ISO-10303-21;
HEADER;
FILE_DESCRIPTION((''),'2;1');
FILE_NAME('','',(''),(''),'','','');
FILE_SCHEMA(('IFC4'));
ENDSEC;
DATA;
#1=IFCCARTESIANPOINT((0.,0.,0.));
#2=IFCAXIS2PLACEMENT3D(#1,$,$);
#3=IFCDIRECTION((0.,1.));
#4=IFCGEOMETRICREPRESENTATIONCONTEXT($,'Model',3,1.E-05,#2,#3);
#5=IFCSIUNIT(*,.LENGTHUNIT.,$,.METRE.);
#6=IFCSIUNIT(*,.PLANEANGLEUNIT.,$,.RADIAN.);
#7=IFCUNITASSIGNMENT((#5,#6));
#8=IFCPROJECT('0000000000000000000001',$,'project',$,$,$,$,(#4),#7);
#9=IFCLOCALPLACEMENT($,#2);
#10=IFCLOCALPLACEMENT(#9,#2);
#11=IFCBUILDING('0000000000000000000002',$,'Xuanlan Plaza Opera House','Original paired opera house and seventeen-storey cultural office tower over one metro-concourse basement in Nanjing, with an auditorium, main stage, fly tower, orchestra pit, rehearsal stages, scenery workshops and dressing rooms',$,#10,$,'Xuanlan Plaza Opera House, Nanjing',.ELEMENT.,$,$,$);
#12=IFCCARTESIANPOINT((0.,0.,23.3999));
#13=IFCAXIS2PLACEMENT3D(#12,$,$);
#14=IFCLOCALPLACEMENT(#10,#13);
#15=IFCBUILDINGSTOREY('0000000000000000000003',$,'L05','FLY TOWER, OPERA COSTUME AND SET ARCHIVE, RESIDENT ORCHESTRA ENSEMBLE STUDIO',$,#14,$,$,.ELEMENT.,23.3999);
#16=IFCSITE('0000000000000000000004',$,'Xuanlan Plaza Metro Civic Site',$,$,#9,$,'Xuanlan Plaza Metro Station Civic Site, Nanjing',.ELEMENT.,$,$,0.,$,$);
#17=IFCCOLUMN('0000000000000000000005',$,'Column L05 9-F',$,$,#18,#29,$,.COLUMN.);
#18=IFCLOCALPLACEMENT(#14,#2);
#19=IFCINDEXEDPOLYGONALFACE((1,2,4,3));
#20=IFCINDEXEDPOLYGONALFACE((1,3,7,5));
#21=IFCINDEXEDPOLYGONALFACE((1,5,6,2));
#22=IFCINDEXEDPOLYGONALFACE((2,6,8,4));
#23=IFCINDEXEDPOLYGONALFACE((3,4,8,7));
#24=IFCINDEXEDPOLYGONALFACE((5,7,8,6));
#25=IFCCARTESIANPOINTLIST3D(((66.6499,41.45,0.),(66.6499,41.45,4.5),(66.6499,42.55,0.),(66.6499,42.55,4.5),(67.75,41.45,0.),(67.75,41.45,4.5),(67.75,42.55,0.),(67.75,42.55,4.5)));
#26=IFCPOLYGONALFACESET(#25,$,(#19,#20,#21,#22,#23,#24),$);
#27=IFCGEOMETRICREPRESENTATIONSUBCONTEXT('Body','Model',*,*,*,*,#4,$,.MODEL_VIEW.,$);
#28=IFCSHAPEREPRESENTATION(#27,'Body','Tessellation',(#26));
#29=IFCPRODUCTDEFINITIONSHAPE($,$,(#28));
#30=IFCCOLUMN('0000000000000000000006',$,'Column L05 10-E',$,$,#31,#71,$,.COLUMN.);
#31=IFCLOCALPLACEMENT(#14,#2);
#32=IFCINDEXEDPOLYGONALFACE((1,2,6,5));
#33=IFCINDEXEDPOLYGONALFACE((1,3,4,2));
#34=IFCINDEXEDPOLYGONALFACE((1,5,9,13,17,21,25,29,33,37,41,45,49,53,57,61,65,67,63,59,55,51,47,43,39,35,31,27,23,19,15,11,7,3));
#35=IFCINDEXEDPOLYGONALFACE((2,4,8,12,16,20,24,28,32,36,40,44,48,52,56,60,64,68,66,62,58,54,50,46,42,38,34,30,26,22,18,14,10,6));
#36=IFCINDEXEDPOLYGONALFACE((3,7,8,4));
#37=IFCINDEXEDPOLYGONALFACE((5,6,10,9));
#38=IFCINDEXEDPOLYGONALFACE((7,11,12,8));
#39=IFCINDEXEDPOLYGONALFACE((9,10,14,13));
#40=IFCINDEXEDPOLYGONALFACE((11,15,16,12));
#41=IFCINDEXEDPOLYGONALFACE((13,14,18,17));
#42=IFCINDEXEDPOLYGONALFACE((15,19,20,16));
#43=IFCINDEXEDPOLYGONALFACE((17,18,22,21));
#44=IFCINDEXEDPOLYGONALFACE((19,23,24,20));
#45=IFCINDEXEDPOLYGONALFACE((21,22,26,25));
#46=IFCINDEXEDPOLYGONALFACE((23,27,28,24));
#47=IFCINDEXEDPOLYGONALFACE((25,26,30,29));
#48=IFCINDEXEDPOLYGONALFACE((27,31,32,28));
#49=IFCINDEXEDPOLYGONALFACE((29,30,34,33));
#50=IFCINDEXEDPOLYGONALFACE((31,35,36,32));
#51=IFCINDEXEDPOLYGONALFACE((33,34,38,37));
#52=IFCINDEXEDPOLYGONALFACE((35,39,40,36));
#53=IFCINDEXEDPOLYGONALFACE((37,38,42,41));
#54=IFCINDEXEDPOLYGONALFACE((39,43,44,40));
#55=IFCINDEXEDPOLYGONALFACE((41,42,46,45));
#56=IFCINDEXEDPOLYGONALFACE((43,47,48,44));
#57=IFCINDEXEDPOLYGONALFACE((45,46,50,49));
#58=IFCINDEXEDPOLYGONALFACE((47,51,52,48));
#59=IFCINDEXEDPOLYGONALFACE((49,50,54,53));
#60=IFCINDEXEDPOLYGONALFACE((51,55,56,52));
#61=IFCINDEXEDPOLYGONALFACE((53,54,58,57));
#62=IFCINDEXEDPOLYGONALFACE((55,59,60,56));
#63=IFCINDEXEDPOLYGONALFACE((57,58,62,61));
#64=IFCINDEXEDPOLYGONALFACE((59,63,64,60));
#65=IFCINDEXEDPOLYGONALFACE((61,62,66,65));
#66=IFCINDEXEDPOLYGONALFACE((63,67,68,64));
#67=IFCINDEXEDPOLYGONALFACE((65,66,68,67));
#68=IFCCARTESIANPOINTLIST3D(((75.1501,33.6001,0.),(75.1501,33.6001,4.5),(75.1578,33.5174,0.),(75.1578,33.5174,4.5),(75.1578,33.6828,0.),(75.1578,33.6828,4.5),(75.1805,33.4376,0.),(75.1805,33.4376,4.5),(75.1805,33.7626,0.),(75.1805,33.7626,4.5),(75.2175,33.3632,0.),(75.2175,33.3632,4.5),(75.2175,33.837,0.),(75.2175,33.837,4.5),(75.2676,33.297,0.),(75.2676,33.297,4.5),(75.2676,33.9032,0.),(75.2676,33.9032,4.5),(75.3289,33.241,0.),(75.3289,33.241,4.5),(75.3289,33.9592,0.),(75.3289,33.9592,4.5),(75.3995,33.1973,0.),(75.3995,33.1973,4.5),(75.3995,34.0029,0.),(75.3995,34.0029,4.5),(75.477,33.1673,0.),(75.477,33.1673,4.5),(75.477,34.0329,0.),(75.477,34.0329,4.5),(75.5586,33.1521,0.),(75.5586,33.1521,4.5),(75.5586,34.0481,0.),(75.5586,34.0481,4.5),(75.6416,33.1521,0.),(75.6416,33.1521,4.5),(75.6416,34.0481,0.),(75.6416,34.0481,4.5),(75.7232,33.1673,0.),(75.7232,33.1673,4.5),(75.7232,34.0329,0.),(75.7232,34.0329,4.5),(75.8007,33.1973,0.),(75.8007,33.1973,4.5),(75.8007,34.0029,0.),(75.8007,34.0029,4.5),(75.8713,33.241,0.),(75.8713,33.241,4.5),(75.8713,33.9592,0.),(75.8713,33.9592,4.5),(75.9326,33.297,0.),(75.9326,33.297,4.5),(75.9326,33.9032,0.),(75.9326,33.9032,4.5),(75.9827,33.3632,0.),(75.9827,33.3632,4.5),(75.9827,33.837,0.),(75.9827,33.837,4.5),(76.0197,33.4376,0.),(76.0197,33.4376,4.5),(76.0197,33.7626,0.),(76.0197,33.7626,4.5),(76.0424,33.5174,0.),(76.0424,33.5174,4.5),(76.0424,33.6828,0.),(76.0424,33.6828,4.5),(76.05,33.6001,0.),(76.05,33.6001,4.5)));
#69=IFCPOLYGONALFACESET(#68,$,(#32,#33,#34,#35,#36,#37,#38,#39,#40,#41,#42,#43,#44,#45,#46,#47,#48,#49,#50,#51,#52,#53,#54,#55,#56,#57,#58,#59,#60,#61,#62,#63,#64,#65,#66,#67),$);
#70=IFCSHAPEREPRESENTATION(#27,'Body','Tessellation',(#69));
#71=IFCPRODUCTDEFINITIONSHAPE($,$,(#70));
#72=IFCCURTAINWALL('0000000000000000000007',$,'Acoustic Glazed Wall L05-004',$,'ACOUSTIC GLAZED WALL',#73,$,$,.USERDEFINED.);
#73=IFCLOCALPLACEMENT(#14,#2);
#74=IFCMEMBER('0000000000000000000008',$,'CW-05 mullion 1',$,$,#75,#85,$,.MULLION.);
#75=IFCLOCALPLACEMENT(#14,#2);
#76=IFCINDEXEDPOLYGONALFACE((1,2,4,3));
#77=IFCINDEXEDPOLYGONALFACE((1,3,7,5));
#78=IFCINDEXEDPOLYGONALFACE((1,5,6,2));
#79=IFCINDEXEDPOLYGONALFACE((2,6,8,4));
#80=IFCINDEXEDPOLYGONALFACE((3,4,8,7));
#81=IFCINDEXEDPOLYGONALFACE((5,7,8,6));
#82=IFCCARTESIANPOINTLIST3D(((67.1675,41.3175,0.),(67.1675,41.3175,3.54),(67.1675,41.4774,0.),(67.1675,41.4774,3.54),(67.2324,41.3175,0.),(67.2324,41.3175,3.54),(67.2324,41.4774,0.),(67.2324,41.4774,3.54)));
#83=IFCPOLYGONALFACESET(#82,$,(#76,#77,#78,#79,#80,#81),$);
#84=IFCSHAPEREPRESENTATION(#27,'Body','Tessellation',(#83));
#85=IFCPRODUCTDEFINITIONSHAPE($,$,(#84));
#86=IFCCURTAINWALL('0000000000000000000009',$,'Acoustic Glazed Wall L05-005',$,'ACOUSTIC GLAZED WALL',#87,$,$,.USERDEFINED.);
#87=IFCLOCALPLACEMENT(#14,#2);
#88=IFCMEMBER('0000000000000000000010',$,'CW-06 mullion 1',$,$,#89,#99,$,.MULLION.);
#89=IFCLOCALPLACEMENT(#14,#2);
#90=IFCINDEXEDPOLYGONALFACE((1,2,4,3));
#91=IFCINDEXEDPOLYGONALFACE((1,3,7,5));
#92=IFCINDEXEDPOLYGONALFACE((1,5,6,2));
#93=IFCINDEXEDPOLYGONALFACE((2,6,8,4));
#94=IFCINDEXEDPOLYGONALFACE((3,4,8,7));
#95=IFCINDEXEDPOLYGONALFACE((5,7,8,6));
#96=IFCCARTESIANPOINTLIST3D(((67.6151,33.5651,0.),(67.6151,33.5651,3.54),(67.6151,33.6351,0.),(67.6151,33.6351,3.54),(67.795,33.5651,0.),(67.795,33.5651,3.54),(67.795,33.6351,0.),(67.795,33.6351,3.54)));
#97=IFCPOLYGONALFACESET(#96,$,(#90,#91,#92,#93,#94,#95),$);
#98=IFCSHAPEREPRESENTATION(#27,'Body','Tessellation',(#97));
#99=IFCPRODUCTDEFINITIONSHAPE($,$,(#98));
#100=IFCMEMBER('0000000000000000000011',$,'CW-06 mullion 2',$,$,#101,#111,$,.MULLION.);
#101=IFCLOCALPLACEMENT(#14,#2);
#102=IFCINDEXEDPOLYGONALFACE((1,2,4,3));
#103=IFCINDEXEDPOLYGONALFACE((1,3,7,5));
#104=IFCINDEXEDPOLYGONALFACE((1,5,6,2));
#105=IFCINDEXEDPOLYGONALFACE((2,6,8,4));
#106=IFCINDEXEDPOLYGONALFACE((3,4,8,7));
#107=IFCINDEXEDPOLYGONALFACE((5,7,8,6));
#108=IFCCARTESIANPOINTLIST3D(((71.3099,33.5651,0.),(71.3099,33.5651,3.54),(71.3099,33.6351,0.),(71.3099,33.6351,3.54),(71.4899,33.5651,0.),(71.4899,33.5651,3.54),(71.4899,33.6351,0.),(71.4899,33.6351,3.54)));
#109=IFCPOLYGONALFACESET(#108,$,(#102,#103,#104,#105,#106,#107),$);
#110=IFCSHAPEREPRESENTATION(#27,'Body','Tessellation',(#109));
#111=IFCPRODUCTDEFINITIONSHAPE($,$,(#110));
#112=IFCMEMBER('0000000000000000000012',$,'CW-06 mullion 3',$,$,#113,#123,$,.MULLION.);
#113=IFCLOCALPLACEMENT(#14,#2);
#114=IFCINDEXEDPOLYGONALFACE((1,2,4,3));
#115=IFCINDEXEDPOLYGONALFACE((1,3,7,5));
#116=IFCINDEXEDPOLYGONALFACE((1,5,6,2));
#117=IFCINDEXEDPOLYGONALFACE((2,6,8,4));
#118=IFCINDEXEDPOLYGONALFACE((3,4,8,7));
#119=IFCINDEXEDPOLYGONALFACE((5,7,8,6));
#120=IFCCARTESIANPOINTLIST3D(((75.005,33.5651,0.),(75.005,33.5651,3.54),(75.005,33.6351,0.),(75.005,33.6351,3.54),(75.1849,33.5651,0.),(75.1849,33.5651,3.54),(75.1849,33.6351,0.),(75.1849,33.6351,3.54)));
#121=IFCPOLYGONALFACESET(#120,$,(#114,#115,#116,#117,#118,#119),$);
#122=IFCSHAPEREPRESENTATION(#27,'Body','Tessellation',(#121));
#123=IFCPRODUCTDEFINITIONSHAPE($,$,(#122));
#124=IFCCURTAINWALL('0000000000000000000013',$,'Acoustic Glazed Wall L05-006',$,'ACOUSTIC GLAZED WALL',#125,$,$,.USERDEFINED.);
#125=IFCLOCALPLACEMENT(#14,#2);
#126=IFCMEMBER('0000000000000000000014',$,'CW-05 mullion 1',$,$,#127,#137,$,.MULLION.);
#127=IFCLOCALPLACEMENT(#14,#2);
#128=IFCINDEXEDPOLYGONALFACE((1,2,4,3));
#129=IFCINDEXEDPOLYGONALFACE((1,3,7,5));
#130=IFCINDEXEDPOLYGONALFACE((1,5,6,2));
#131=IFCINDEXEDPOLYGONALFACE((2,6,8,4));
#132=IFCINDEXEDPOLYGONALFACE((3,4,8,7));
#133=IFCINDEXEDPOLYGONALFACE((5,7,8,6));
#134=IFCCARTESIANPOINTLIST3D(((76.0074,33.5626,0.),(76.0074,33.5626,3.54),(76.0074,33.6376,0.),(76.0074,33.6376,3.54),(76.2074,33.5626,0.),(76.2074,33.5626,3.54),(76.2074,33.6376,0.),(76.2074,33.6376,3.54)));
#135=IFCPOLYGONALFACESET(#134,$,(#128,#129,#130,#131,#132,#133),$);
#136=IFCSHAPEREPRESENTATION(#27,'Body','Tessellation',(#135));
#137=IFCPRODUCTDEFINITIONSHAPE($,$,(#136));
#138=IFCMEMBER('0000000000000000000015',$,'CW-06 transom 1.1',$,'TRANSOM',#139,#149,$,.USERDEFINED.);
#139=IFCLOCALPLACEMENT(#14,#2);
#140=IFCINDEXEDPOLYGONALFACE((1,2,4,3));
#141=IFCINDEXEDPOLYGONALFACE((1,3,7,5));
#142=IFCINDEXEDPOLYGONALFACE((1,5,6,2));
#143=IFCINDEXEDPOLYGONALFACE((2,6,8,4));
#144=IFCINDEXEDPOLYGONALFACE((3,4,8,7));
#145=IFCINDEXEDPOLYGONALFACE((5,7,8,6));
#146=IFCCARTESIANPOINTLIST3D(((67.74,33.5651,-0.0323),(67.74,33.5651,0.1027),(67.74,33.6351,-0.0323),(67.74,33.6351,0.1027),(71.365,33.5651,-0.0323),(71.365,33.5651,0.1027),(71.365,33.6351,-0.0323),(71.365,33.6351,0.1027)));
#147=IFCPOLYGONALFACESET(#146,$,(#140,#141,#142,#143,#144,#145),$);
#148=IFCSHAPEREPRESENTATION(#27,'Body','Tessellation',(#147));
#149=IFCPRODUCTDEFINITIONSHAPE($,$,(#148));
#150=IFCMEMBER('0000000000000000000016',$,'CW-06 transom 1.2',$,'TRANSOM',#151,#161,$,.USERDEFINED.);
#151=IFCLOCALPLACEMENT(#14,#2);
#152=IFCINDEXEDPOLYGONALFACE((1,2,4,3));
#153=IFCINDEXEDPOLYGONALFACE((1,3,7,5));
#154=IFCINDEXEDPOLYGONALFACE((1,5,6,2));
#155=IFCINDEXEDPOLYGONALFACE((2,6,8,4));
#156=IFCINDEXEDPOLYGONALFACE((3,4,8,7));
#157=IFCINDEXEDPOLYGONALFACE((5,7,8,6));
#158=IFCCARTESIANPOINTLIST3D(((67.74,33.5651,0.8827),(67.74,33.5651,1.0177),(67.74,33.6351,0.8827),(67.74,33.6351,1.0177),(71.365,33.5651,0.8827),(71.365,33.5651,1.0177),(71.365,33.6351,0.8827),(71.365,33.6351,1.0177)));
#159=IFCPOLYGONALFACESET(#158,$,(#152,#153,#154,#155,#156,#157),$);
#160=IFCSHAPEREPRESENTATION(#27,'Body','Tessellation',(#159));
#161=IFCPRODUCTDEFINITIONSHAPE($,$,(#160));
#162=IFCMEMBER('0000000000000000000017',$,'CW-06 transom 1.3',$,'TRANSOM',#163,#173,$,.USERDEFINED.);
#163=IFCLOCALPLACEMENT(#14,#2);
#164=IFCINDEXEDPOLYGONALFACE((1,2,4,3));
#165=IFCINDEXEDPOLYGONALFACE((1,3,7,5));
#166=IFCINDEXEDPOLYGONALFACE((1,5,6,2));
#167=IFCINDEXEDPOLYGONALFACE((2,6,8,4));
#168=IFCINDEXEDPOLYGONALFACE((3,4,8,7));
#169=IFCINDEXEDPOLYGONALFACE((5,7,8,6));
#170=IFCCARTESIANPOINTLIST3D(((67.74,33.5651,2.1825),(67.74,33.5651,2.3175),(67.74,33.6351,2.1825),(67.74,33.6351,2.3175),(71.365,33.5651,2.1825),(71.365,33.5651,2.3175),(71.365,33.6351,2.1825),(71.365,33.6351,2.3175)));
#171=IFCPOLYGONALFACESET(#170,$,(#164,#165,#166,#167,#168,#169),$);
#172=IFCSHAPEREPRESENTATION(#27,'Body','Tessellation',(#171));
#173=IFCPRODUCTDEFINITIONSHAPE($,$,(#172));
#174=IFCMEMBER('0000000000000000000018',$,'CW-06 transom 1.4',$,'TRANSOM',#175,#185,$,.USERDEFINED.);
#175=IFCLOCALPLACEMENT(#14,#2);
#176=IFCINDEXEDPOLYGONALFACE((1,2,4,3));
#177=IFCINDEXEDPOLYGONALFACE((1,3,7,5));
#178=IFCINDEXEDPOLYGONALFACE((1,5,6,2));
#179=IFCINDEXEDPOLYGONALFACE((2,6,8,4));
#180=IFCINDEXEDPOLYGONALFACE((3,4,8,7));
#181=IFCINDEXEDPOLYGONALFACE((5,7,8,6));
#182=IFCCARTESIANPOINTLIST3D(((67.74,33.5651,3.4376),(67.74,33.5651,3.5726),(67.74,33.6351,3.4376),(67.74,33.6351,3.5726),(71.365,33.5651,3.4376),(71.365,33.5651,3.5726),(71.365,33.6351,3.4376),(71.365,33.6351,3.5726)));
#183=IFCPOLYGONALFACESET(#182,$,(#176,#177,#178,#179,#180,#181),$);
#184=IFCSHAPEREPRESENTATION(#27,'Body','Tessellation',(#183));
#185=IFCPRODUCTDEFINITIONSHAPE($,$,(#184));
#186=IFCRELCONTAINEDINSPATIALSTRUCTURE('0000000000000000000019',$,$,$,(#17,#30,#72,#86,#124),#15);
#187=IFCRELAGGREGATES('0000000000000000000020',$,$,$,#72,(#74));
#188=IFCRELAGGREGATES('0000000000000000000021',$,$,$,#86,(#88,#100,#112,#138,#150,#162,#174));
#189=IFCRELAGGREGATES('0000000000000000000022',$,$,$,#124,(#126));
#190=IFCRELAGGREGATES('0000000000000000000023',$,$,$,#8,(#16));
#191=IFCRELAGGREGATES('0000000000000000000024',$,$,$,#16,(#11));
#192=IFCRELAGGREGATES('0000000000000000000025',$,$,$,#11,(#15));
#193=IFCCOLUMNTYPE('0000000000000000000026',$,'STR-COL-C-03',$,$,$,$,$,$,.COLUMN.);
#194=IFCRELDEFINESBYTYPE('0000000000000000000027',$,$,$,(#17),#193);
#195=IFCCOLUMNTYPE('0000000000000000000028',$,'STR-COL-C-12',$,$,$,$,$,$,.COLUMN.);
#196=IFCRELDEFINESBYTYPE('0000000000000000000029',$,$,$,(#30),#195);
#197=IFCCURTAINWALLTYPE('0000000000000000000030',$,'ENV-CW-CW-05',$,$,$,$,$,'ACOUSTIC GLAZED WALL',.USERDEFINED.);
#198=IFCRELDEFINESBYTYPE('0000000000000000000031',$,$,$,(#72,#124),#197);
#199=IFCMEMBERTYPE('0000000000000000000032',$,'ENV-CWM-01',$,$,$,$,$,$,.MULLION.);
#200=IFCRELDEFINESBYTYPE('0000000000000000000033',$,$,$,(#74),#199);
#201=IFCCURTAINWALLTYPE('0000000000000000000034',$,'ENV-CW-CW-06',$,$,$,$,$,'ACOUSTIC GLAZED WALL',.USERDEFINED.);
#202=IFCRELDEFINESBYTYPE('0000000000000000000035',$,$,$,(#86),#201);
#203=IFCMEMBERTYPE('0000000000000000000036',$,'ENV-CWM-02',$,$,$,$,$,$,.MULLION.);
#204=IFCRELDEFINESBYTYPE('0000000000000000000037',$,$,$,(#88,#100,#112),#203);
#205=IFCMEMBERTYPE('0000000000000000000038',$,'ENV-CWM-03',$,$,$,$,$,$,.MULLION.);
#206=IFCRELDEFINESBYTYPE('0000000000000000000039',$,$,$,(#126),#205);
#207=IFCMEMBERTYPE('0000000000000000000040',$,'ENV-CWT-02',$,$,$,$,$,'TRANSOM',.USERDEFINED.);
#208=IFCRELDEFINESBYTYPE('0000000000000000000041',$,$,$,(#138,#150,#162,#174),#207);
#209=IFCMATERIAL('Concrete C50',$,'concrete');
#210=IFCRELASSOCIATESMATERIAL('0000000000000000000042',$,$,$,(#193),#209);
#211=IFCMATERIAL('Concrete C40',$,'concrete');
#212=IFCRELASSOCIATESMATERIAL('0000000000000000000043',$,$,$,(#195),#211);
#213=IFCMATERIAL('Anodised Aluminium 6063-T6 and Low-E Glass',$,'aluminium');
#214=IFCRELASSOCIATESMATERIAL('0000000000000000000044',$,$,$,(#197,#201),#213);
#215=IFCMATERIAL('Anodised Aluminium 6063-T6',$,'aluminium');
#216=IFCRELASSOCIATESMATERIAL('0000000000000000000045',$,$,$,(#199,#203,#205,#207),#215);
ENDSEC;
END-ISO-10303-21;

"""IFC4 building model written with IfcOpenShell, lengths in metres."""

from ifc_helpers import new_model, si_unit, direction, frame, origin, origin_2d, place, context, subcontext, project, spatial, rectangle, circle, extrude, material, material_profile, profile_set, type_object, element, aggregate, save


model = new_model("IFC4")

# Units and contexts
model_context = context("Model", 3, precision=1e-05, world=origin(), true_north=direction((0.0, 1.0)))
body_context = subcontext(model_context, "Body", "Model", "MODEL_VIEW")
ifc_project = project(units=[si_unit("LENGTHUNIT", "METRE"), si_unit("PLANEANGLEUNIT", "RADIAN")], contexts=[model_context])

# Site, building, storey
site_placement = place(None, origin())
site = spatial("IfcSite", under=ifc_project, at=site_placement, Name="Xuanlan Plaza Metro Civic Site", LongName="Xuanlan Plaza Metro Station Civic Site, Nanjing", CompositionType="ELEMENT", RefElevation=0.0)
building_placement = place(site_placement, origin())
building = spatial("IfcBuilding", under=site, at=building_placement, Name="Xuanlan Plaza Opera House", Description="Original paired opera house and seventeen-storey cultural office tower over one metro-concourse basement in Nanjing, with an auditorium, main stage, fly tower, orchestra pit, rehearsal stages, scenery workshops and dressing rooms", LongName="Xuanlan Plaza Opera House, Nanjing", CompositionType="ELEMENT")
storey_placement = place(building_placement, frame((0.0, 0.0, 23.3999)))
storey = spatial("IfcBuildingStorey", under=building, at=storey_placement, Name="L05", Description="FLY TOWER, OPERA COSTUME AND SET ARCHIVE, RESIDENT ORCHESTRA ENSEMBLE STUDIO", CompositionType="ELEMENT", Elevation=23.3999)

# Columns
ifc_material_1 = material(Name="Concrete C50", Category="concrete")
ifc_material_profile_1 = material_profile(ifc_material_1, rectangle(XDim=1.1001, YDim=1.1001, at=origin_2d()), Name="RC-COL 1100x1100")
ifc_profile_set_1 = profile_set([ifc_material_profile_1], Name="Concrete C50")
column_type_1 = type_object("IfcColumnType", Name="STR-COL-C-03", PredefinedType="COLUMN", material=ifc_profile_set_1)
column_1_placement = place(storey_placement, frame((67.2, 42.0, 0.0), z_axis=(0.0, 0.0, 1.0), x_axis=(1.0, 0.0, 0.0)))
element("IfcColumn", 1, at=column_1_placement, inside=storey, type_object=column_type_1, Name="Column L05 9-F", PredefinedType="COLUMN", context=body_context, shape_type="SweptSolid", body=[
    extrude(rectangle(XDim=1.1001, YDim=1.1001, at=origin_2d()), origin(), (0.0, 0.0, 1.0), 4.5),
])
ifc_material_2 = material(Name="Concrete C40", Category="concrete")
ifc_material_profile_2 = material_profile(ifc_material_2, circle(Radius=0.45, at=origin_2d()), Name="RC-COL D900")
ifc_profile_set_2 = profile_set([ifc_material_profile_2], Name="Concrete C40")
column_type_2 = type_object("IfcColumnType", Name="STR-COL-C-12", PredefinedType="COLUMN", material=ifc_profile_set_2)
column_2_placement = place(storey_placement, frame((75.6001, 33.6001, 0.0), z_axis=(0.0, 0.0, 1.0), x_axis=(1.0, 0.0, 0.0)))
element("IfcColumn", 2, at=column_2_placement, inside=storey, type_object=column_type_2, Name="Column L05 10-E", PredefinedType="COLUMN", context=body_context, shape_type="SweptSolid", body=[
    extrude(circle(Radius=0.45, at=origin_2d()), origin(), (0.0, 0.0, 1.0), 4.5),
])

# Curtain wall, member
ifc_material_3 = material(Name="Anodised Aluminium 6063-T6 and Low-E Glass", Category="aluminium")
curtain_wall_type_1 = type_object("IfcCurtainWallType", Name="ENV-CW-CW-05", ElementType="ACOUSTIC GLAZED WALL", PredefinedType="USERDEFINED", material=ifc_material_3)
curtain_wall_1_placement = place(storey_placement, origin())
curtain_wall_1 = element("IfcCurtainWall", 3, at=curtain_wall_1_placement, inside=storey, type_object=curtain_wall_type_1, Name="Acoustic Glazed Wall L05-004", ObjectType="ACOUSTIC GLAZED WALL", PredefinedType="USERDEFINED")
ifc_material_4 = material(Name="Anodised Aluminium 6063-T6", Category="aluminium")
ifc_material_profile_3 = material_profile(ifc_material_4, rectangle(XDim=0.0649, YDim=0.1599, at=origin_2d()), Name="ALU-M 65x160")
ifc_profile_set_3 = profile_set([ifc_material_profile_3], Name="Anodised Aluminium 6063-T6")
member_type_1 = type_object("IfcMemberType", Name="ENV-CWM-01", PredefinedType="MULLION", material=ifc_profile_set_3)
member_1_placement = place(storey_placement, frame((67.2, 41.3975, 0.0), z_axis=(0.0, 0.0, 1.0), x_axis=(1.0, 0.0, 0.0)))
member_1 = element("IfcMember", 4, at=member_1_placement, type_object=member_type_1, Name="CW-05 mullion 1", PredefinedType="MULLION", context=body_context, shape_type="SweptSolid", body=[
    extrude(rectangle(XDim=0.0649, YDim=0.1599, at=origin_2d()), origin(), (0.0, 0.0, 1.0), 3.54),
])

# Curtain wall, members
curtain_wall_type_2 = type_object("IfcCurtainWallType", Name="ENV-CW-CW-06", ElementType="ACOUSTIC GLAZED WALL", PredefinedType="USERDEFINED", material=ifc_material_3)
curtain_wall_2_placement = place(storey_placement, origin())
curtain_wall_2 = element("IfcCurtainWall", 5, at=curtain_wall_2_placement, inside=storey, type_object=curtain_wall_type_2, Name="Acoustic Glazed Wall L05-005", ObjectType="ACOUSTIC GLAZED WALL", PredefinedType="USERDEFINED")
ifc_material_profile_4 = material_profile(ifc_material_4, rectangle(XDim=0.0701, YDim=0.1799, at=origin_2d()), Name="ALU-M 70x180")
ifc_profile_set_4 = profile_set([ifc_material_profile_4], Name="Anodised Aluminium 6063-T6")
member_type_2 = type_object("IfcMemberType", Name="ENV-CWM-02", PredefinedType="MULLION", material=ifc_profile_set_4)
member_2_placement = place(storey_placement, frame((67.7051, 33.6001, 0.0), z_axis=(0.0, 0.0, 1.0), x_axis=(0.0, 1.0, 0.0)))
member_2 = element("IfcMember", 6, at=member_2_placement, type_object=member_type_2, Name="CW-06 mullion 1", PredefinedType="MULLION", context=body_context, shape_type="SweptSolid", body=[
    extrude(rectangle(XDim=0.0701, YDim=0.1799, at=origin_2d()), origin(), (0.0, 0.0, 1.0), 3.54),
])
member_3_placement = place(storey_placement, frame((71.3999, 33.6001, 0.0), z_axis=(0.0, 0.0, 1.0), x_axis=(0.0, 1.0, 0.0)))
member_3 = element("IfcMember", 7, at=member_3_placement, type_object=member_type_2, Name="CW-06 mullion 2", PredefinedType="MULLION", context=body_context, shape_type="SweptSolid", body=[
    extrude(rectangle(XDim=0.0701, YDim=0.1799, at=origin_2d()), origin(), (0.0, 0.0, 1.0), 3.54),
])
member_4_placement = place(storey_placement, frame((75.095, 33.6001, 0.0), z_axis=(0.0, 0.0, 1.0), x_axis=(0.0, 1.0, 0.0)))
member_4 = element("IfcMember", 8, at=member_4_placement, type_object=member_type_2, Name="CW-06 mullion 3", PredefinedType="MULLION", context=body_context, shape_type="SweptSolid", body=[
    extrude(rectangle(XDim=0.0701, YDim=0.1799, at=origin_2d()), origin(), (0.0, 0.0, 1.0), 3.54),
])

# Curtain wall, member
curtain_wall_3_placement = place(storey_placement, origin())
curtain_wall_3 = element("IfcCurtainWall", 9, at=curtain_wall_3_placement, inside=storey, type_object=curtain_wall_type_1, Name="Acoustic Glazed Wall L05-006", ObjectType="ACOUSTIC GLAZED WALL", PredefinedType="USERDEFINED")
ifc_material_profile_5 = material_profile(ifc_material_4, rectangle(XDim=0.075, YDim=0.2, at=origin_2d()), Name="ALU-M 75x200")
ifc_profile_set_5 = profile_set([ifc_material_profile_5], Name="Anodised Aluminium 6063-T6")
member_type_3 = type_object("IfcMemberType", Name="ENV-CWM-03", PredefinedType="MULLION", material=ifc_profile_set_5)
member_5_placement = place(storey_placement, frame((76.1074, 33.6001, 0.0), z_axis=(0.0, 0.0, 1.0), x_axis=(0.0, 1.0, 0.0)))
member_5 = element("IfcMember", 10, at=member_5_placement, type_object=member_type_3, Name="CW-05 mullion 1", PredefinedType="MULLION", context=body_context, shape_type="SweptSolid", body=[
    extrude(rectangle(XDim=0.075, YDim=0.2, at=origin_2d()), origin(), (0.0, 0.0, 1.0), 3.54),
])

# Members
ifc_material_profile_6 = material_profile(ifc_material_4, rectangle(XDim=0.0701, YDim=0.135, at=origin_2d()), Name="ALU-T 70x135")
ifc_profile_set_6 = profile_set([ifc_material_profile_6], Name="Anodised Aluminium 6063-T6")
member_type_4 = type_object("IfcMemberType", Name="ENV-CWT-02", ElementType="TRANSOM", PredefinedType="USERDEFINED", material=ifc_profile_set_6)
member_6_placement = place(storey_placement, frame((67.74, 33.6001, 0.0352), z_axis=(1.0, 0.0, 0.0), x_axis=(0.0, 1.0, 0.0)))
member_6 = element("IfcMember", 11, at=member_6_placement, type_object=member_type_4, Name="CW-06 transom 1.1", ObjectType="TRANSOM", PredefinedType="USERDEFINED", context=body_context, shape_type="SweptSolid", body=[
    extrude(rectangle(XDim=0.0701, YDim=0.135, at=origin_2d()), origin(), (0.0, 0.0, 1.0), 3.625),
])
member_7_placement = place(storey_placement, frame((67.74, 33.6001, 0.9502), z_axis=(1.0, 0.0, 0.0), x_axis=(0.0, 1.0, 0.0)))
member_7 = element("IfcMember", 12, at=member_7_placement, type_object=member_type_4, Name="CW-06 transom 1.2", ObjectType="TRANSOM", PredefinedType="USERDEFINED", context=body_context, shape_type="SweptSolid", body=[
    extrude(rectangle(XDim=0.0701, YDim=0.135, at=origin_2d()), origin(), (0.0, 0.0, 1.0), 3.625),
])
member_8_placement = place(storey_placement, frame((67.74, 33.6001, 2.25), z_axis=(1.0, 0.0, 0.0), x_axis=(0.0, 1.0, 0.0)))
member_8 = element("IfcMember", 13, at=member_8_placement, type_object=member_type_4, Name="CW-06 transom 1.3", ObjectType="TRANSOM", PredefinedType="USERDEFINED", context=body_context, shape_type="SweptSolid", body=[
    extrude(rectangle(XDim=0.0701, YDim=0.135, at=origin_2d()), origin(), (0.0, 0.0, 1.0), 3.625),
])
member_9_placement = place(storey_placement, frame((67.74, 33.6001, 3.5051), z_axis=(1.0, 0.0, 0.0), x_axis=(0.0, 1.0, 0.0)))
member_9 = element("IfcMember", 14, at=member_9_placement, type_object=member_type_4, Name="CW-06 transom 1.4", ObjectType="TRANSOM", PredefinedType="USERDEFINED", context=body_context, shape_type="SweptSolid", body=[
    extrude(rectangle(XDim=0.0701, YDim=0.135, at=origin_2d()), origin(), (0.0, 0.0, 1.0), 3.625),
])
aggregate(curtain_wall_1, [member_1])

aggregate(curtain_wall_2, [member_2, member_3, member_4, member_6, member_7, member_8, member_9])
aggregate(curtain_wall_3, [member_5])

save(model, "model.ifc")
